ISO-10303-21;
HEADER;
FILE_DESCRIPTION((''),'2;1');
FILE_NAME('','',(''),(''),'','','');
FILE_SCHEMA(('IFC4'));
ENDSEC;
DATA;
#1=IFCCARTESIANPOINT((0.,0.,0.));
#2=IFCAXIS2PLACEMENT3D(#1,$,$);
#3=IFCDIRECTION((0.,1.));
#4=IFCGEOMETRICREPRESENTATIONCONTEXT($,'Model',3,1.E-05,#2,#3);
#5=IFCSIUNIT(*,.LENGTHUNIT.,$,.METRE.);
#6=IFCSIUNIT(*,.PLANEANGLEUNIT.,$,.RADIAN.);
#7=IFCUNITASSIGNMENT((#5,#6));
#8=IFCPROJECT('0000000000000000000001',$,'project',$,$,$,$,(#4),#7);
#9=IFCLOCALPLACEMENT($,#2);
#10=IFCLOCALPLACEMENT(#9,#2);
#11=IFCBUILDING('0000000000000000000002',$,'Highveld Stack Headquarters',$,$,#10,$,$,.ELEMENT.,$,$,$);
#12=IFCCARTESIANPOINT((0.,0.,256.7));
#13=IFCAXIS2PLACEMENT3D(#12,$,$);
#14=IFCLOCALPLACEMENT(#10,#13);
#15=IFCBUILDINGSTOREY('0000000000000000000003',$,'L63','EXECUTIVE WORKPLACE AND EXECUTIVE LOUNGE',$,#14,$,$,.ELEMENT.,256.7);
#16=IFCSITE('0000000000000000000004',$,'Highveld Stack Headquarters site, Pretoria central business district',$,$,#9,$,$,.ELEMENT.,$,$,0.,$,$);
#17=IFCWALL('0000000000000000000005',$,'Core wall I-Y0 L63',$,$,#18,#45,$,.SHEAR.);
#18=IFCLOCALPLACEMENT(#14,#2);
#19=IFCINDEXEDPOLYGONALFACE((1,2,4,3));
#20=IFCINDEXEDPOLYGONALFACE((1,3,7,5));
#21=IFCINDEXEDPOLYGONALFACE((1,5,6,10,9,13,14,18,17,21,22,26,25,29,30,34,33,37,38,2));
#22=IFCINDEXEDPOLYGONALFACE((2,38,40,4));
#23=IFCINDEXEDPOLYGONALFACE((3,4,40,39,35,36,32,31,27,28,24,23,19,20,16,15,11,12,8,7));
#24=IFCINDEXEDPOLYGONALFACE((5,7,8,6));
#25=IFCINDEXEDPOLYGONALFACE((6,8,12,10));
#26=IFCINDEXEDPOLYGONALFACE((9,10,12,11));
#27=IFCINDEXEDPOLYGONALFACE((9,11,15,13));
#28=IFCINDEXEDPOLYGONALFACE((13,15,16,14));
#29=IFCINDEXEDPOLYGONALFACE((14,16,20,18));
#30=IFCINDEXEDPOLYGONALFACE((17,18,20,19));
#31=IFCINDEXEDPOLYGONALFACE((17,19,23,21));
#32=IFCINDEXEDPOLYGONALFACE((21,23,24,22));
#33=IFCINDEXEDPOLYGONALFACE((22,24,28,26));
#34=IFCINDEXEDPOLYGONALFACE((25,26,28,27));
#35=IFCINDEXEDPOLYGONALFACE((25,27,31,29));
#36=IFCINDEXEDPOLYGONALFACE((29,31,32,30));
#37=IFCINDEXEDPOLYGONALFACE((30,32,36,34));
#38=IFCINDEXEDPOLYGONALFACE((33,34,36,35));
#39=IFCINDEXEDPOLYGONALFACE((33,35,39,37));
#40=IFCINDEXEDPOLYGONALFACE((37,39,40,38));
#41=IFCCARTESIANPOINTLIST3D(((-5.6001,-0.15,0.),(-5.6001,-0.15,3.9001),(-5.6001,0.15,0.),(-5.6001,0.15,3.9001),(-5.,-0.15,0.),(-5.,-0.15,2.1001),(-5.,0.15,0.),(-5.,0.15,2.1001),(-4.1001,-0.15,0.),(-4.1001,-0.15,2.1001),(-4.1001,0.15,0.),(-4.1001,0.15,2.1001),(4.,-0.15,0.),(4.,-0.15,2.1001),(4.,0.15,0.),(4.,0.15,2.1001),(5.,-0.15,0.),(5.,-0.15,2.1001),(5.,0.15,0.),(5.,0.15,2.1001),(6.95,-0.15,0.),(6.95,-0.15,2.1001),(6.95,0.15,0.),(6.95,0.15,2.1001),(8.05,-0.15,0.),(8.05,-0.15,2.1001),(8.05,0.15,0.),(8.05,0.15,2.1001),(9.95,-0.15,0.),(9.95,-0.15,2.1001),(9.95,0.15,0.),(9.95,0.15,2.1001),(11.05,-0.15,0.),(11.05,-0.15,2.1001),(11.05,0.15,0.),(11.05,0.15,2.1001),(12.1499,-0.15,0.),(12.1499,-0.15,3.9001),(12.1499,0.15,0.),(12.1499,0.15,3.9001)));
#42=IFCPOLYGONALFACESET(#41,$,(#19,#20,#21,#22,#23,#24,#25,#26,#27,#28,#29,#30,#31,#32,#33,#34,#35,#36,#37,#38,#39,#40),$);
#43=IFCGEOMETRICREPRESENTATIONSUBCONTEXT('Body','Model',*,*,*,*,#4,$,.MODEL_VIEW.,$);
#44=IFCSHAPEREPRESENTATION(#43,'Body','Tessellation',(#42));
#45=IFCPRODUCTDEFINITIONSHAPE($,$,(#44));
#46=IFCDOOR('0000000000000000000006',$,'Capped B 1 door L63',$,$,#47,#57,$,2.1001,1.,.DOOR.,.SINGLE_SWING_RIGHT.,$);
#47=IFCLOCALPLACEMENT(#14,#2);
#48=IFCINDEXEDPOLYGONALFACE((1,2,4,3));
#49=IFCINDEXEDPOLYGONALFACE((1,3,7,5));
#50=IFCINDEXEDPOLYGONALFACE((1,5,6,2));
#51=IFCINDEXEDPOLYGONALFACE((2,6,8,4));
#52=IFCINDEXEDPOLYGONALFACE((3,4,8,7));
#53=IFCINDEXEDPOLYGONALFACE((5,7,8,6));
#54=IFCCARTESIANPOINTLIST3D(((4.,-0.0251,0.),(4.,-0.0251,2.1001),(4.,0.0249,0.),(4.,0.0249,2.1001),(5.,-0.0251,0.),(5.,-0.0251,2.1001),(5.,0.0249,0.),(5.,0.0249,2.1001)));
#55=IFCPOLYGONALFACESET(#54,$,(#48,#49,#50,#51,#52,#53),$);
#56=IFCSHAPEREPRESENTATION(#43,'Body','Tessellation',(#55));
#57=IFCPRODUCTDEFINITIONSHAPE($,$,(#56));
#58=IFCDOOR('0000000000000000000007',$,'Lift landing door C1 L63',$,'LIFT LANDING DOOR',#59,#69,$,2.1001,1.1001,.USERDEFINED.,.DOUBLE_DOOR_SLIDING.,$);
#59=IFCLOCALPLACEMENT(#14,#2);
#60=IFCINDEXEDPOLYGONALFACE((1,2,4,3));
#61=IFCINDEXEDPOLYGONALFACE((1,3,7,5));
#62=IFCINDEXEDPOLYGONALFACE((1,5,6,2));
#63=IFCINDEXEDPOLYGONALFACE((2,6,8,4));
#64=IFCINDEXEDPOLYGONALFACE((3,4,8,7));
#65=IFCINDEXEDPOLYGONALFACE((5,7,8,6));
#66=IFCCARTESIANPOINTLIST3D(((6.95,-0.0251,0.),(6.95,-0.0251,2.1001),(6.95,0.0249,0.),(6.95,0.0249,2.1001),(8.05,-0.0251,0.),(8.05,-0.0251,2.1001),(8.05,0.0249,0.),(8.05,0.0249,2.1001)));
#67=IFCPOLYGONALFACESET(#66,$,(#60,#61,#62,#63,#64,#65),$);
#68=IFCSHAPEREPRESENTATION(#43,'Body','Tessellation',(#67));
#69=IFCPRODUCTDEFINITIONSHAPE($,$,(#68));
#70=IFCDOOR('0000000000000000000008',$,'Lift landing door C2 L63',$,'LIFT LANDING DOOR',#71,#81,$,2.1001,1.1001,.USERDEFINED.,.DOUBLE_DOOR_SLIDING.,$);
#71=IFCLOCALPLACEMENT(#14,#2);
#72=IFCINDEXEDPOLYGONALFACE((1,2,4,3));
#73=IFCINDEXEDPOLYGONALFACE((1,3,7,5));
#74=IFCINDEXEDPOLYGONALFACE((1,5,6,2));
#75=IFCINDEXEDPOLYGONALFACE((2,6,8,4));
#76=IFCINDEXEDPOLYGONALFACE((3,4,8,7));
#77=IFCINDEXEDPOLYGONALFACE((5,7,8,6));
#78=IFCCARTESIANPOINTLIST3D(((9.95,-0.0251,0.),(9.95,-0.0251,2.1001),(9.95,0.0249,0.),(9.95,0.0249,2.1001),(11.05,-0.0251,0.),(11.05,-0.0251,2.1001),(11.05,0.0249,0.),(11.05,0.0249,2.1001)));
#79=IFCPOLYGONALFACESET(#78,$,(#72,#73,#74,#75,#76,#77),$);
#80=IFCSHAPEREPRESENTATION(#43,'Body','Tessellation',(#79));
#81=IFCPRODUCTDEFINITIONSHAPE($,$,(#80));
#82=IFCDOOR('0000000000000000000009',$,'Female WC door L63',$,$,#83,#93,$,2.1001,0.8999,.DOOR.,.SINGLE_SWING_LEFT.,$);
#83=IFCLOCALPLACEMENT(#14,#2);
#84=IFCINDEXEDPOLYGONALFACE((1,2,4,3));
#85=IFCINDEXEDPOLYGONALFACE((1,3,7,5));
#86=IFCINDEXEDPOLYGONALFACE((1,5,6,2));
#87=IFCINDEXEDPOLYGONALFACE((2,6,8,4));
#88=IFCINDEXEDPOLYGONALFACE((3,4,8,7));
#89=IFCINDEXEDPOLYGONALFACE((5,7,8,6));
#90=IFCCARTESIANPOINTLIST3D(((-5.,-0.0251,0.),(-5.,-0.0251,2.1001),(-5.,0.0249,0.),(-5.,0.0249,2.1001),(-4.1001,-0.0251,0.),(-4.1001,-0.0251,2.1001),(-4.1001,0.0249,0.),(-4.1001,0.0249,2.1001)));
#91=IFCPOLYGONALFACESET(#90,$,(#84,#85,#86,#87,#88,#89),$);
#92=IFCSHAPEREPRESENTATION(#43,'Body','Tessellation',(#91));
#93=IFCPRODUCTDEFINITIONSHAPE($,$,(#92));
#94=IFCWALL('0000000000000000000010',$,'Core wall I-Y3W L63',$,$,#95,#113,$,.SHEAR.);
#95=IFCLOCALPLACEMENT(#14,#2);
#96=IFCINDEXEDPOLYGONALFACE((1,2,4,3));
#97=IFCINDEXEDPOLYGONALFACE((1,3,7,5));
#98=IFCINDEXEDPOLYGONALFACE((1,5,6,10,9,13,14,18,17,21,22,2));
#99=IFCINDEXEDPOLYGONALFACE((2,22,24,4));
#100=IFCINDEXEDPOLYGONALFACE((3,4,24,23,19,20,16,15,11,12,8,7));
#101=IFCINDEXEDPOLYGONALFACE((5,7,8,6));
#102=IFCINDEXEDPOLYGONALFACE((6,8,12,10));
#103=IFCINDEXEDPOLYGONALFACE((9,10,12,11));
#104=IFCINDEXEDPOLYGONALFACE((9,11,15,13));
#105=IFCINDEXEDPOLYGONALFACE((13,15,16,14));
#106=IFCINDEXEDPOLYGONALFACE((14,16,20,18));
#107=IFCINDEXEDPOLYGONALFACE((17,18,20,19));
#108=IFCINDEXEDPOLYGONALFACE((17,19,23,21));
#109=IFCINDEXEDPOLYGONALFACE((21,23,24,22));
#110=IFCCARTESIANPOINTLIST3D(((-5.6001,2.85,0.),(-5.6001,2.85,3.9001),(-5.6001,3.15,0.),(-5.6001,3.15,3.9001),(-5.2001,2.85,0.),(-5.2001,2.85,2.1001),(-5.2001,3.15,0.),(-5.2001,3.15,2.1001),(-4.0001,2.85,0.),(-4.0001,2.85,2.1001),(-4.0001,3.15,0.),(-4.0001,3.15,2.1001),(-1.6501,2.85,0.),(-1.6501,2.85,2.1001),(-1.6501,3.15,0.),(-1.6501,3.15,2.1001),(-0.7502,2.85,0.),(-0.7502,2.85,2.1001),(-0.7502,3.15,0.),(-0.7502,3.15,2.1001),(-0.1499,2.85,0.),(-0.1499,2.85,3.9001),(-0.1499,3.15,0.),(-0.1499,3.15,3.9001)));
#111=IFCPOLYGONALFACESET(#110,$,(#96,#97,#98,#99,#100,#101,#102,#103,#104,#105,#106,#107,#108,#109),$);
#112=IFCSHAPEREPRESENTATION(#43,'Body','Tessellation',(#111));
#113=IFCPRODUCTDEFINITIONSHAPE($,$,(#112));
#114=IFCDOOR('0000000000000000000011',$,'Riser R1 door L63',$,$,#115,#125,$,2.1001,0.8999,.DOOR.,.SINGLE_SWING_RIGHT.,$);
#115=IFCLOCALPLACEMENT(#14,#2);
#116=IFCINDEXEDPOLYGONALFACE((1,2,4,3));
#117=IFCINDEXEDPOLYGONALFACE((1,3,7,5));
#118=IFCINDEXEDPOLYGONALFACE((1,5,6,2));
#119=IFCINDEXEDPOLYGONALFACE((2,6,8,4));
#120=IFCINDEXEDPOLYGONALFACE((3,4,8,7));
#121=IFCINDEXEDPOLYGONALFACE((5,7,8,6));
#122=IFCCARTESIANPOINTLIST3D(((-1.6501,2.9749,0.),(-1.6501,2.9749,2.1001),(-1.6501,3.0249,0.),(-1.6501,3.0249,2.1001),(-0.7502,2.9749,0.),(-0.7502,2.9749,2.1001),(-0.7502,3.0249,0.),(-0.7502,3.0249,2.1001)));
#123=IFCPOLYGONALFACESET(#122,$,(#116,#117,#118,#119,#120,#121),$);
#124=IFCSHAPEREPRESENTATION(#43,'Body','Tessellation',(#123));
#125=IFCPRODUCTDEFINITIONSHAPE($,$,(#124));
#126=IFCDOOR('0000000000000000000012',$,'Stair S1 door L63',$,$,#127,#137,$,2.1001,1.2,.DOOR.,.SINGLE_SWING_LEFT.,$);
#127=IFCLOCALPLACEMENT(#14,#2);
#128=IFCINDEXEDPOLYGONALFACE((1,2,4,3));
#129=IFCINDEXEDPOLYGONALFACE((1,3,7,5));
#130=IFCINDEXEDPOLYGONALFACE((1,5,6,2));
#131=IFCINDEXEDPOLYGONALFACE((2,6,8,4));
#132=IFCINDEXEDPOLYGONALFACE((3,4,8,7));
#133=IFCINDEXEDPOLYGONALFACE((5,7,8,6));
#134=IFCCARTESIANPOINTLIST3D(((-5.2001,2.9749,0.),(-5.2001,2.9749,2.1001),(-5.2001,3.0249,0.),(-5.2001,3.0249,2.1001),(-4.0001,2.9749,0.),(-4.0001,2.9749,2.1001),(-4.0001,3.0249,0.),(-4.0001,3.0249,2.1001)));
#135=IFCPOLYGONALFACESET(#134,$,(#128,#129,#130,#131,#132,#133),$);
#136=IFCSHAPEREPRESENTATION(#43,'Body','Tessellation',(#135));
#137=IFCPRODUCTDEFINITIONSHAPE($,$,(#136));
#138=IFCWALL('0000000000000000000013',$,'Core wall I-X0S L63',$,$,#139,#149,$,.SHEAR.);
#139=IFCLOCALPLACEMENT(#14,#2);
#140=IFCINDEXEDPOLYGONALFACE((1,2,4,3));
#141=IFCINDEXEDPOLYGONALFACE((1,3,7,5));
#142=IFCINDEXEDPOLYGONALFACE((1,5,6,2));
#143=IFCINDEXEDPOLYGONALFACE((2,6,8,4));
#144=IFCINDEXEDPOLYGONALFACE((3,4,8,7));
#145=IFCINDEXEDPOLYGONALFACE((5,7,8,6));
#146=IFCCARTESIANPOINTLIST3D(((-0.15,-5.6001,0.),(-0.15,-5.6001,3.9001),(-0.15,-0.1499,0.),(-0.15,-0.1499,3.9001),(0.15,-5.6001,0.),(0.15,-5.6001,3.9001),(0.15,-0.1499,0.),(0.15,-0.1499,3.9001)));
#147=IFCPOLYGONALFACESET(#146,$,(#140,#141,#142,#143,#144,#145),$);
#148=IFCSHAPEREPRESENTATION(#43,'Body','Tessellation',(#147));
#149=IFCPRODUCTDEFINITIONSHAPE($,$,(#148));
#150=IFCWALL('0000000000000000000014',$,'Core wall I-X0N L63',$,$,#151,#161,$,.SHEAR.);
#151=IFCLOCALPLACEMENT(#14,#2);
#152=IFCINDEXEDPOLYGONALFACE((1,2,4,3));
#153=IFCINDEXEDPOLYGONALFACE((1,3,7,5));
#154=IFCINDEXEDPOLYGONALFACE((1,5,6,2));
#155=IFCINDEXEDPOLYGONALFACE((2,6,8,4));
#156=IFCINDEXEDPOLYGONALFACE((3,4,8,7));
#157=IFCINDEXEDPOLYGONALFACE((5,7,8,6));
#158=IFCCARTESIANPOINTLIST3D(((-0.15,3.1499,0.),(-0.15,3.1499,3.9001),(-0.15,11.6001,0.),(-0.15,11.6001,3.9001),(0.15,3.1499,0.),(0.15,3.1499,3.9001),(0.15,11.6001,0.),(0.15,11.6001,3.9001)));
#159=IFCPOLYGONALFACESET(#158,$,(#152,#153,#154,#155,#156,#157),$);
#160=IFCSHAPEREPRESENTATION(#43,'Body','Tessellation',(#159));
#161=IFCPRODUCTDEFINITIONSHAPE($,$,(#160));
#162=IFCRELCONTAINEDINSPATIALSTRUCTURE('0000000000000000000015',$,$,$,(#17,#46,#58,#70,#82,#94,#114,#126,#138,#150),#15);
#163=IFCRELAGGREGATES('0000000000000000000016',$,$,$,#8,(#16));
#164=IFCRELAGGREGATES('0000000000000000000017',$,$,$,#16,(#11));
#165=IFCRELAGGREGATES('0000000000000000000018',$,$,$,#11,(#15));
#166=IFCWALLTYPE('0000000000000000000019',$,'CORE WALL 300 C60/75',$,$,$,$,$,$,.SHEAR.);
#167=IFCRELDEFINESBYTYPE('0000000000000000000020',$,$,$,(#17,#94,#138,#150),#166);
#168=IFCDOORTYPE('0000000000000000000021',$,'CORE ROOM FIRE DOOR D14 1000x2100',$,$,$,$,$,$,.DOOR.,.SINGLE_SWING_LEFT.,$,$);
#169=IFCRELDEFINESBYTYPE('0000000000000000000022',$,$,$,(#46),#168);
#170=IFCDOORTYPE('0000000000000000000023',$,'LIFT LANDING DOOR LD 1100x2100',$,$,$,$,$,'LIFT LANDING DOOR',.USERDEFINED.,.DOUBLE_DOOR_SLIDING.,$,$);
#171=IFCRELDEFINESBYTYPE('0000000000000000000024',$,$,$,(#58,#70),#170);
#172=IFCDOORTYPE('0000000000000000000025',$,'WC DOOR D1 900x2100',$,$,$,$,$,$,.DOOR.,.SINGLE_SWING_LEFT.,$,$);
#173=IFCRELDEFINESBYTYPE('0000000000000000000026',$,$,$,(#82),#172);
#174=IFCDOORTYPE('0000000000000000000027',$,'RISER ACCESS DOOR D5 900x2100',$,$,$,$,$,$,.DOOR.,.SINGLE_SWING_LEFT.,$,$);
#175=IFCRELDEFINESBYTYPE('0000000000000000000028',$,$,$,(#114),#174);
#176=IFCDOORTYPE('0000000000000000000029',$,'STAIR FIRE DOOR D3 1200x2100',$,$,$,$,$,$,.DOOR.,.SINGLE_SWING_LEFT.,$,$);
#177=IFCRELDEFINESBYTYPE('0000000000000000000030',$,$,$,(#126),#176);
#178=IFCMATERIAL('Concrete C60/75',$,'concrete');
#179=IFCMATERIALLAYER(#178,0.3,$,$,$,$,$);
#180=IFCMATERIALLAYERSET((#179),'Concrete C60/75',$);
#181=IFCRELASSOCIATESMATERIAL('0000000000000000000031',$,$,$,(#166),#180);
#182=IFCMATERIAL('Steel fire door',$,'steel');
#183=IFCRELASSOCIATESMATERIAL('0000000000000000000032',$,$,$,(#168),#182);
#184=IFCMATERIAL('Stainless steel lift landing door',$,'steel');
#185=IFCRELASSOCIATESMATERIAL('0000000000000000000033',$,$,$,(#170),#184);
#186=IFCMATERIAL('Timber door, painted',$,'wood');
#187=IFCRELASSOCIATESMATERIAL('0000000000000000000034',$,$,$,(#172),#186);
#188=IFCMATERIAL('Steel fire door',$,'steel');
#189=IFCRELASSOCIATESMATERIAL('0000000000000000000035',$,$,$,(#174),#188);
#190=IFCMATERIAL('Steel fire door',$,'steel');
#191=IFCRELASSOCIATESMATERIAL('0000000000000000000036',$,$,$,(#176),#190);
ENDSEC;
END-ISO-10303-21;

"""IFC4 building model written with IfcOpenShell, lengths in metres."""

from ifc_helpers import new_model, si_unit, direction, frame, frame_2d, origin, place, context, subcontext, project, spatial, rectangle, extrude, material, layer, layer_set, type_object, element, fill, save


model = new_model("IFC4")

# Units and contexts
model_context = context("Model", 3, precision=1e-05, world=origin(), true_north=direction((0.0, 1.0)))
body_context = subcontext(model_context, "Body", "Model", "MODEL_VIEW")
ifc_project = project(units=[si_unit("LENGTHUNIT", "METRE"), si_unit("PLANEANGLEUNIT", "RADIAN")], contexts=[model_context])

# Site, building, storey
site_placement = place(None, origin())
site = spatial("IfcSite", under=ifc_project, at=site_placement, Name="Highveld Stack Headquarters site, Pretoria central business district", CompositionType="ELEMENT", RefElevation=0.0)
building_placement = place(site_placement, origin())
building = spatial("IfcBuilding", under=site, at=building_placement, Name="Highveld Stack Headquarters", CompositionType="ELEMENT")
storey_placement = place(building_placement, frame((0.0, 0.0, 256.7)))
storey = spatial("IfcBuildingStorey", under=building, at=storey_placement, Name="L63", Description="EXECUTIVE WORKPLACE AND EXECUTIVE LOUNGE", CompositionType="ELEMENT", Elevation=256.7)

# Walls, openings, doors
ifc_material_1 = material(Name="Concrete C60/75", Category="concrete")
ifc_layer_1 = layer(ifc_material_1, 0.3)
ifc_layer_set_1 = layer_set([ifc_layer_1], Name="Concrete C60/75")
wall_type_1 = type_object("IfcWallType", Name="CORE WALL 300 C60/75", PredefinedType="SHEAR", material=ifc_layer_set_1)
wall_1_placement = place(storey_placement, frame((-5.6001, 0.0, 0.0), z_axis=(0.0, 0.0, 1.0), x_axis=(1.0, 0.0, 0.0)))
wall_1 = element("IfcWall", 1, at=wall_1_placement, inside=storey, type_object=wall_type_1, Name="Core wall I-Y0 L63", PredefinedType="SHEAR", context=body_context, shape_type="SweptSolid", body=[
    extrude(rectangle(XDim=17.75, YDim=0.3, at=frame_2d((8.875, 0.0))), origin(), (0.0, 0.0, 1.0), 3.9001),
])
opening_1_placement = place(wall_1_placement, frame((0.6001, 0.0, 0.0)))
opening_1 = element("IfcOpeningElement", 2, at=opening_1_placement, cuts=wall_1, PredefinedType="OPENING", context=body_context, shape_type="SweptSolid", body=[
    extrude(rectangle(XDim=0.8999, YDim=2.1001, at=frame_2d((0.45, 1.05))), frame((0.0, 0.1599, 0.0), z_axis=(0.0, -1.0, 0.0), x_axis=(1.0, 0.0, 0.0)), (0.0, 0.0, 1.0), 0.3201),
])
opening_2_placement = place(wall_1_placement, frame((9.6001, 0.0, 0.0)))
opening_2 = element("IfcOpeningElement", 3, at=opening_2_placement, cuts=wall_1, PredefinedType="OPENING", context=body_context, shape_type="SweptSolid", body=[
    extrude(rectangle(XDim=1.0, YDim=2.1001, at=frame_2d((0.5, 1.05))), frame((0.0, 0.1599, 0.0), z_axis=(0.0, -1.0, 0.0), x_axis=(1.0, 0.0, 0.0)), (0.0, 0.0, 1.0), 0.3201),
])
opening_3_placement = place(wall_1_placement, frame((12.55, 0.0, 0.0)))
opening_3 = element("IfcOpeningElement", 4, at=opening_3_placement, cuts=wall_1, PredefinedType="OPENING", context=body_context, shape_type="SweptSolid", body=[
    extrude(rectangle(XDim=1.1001, YDim=2.1001, at=frame_2d((0.55, 1.05))), frame((0.0, 0.1599, 0.0), z_axis=(0.0, -1.0, 0.0), x_axis=(1.0, 0.0, 0.0)), (0.0, 0.0, 1.0), 0.3201),
])
opening_4_placement = place(wall_1_placement, frame((15.55, 0.0, 0.0)))
opening_4 = element("IfcOpeningElement", 5, at=opening_4_placement, cuts=wall_1, PredefinedType="OPENING", context=body_context, shape_type="SweptSolid", body=[
    extrude(rectangle(XDim=1.1001, YDim=2.1001, at=frame_2d((0.55, 1.05))), frame((0.0, 0.1599, 0.0), z_axis=(0.0, -1.0, 0.0), x_axis=(1.0, 0.0, 0.0)), (0.0, 0.0, 1.0), 0.3201),
])
ifc_material_2 = material(Name="Steel fire door", Category="steel")
door_type_1 = type_object("IfcDoorType", Name="CORE ROOM FIRE DOOR D14 1000x2100", OperationType="SINGLE_SWING_LEFT", PredefinedType="DOOR", material=ifc_material_2)
door_1_placement = place(opening_2_placement, origin())
door_1 = element("IfcDoor", 6, at=door_1_placement, inside=storey, type_object=door_type_1, Name="Capped B 1 door L63", OperationType="SINGLE_SWING_RIGHT", OverallHeight=2.1001, OverallWidth=1.0, PredefinedType="DOOR", context=body_context, shape_type="SweptSolid", body=[
    extrude(rectangle(XDim=1.0, YDim=2.1001, at=frame_2d((0.5, 1.05))), frame((0.0, 0.0249, 0.0), z_axis=(0.0, -1.0, 0.0), x_axis=(1.0, 0.0, 0.0)), (0.0, 0.0, 1.0), 0.05),
])
fill(opening_2, door_1)
ifc_material_3 = material(Name="Stainless steel lift landing door", Category="steel")
door_type_2 = type_object("IfcDoorType", Name="LIFT LANDING DOOR LD 1100x2100", ElementType="LIFT LANDING DOOR", OperationType="DOUBLE_DOOR_SLIDING", PredefinedType="USERDEFINED", material=ifc_material_3)
door_2_placement = place(opening_3_placement, origin())
door_2 = element("IfcDoor", 7, at=door_2_placement, inside=storey, type_object=door_type_2, Name="Lift landing door C1 L63", ObjectType="LIFT LANDING DOOR", OperationType="DOUBLE_DOOR_SLIDING", OverallHeight=2.1001, OverallWidth=1.1001, PredefinedType="USERDEFINED", context=body_context, shape_type="SweptSolid", body=[
    extrude(rectangle(XDim=1.1001, YDim=2.1001, at=frame_2d((0.55, 1.05))), frame((0.0, 0.0249, 0.0), z_axis=(0.0, -1.0, 0.0), x_axis=(1.0, 0.0, 0.0)), (0.0, 0.0, 1.0), 0.05),
])
fill(opening_3, door_2)
door_3_placement = place(opening_4_placement, origin())
door_3 = element("IfcDoor", 8, at=door_3_placement, inside=storey, type_object=door_type_2, Name="Lift landing door C2 L63", ObjectType="LIFT LANDING DOOR", OperationType="DOUBLE_DOOR_SLIDING", OverallHeight=2.1001, OverallWidth=1.1001, PredefinedType="USERDEFINED", context=body_context, shape_type="SweptSolid", body=[
    extrude(rectangle(XDim=1.1001, YDim=2.1001, at=frame_2d((0.55, 1.05))), frame((0.0, 0.0249, 0.0), z_axis=(0.0, -1.0, 0.0), x_axis=(1.0, 0.0, 0.0)), (0.0, 0.0, 1.0), 0.05),
])
fill(opening_4, door_3)
ifc_material_4 = material(Name="Timber door, painted", Category="wood")
door_type_3 = type_object("IfcDoorType", Name="WC DOOR D1 900x2100", OperationType="SINGLE_SWING_LEFT", PredefinedType="DOOR", material=ifc_material_4)
door_4_placement = place(opening_1_placement, origin())
door_4 = element("IfcDoor", 9, at=door_4_placement, inside=storey, type_object=door_type_3, Name="Female WC door L63", OperationType="SINGLE_SWING_LEFT", OverallHeight=2.1001, OverallWidth=0.8999, PredefinedType="DOOR", context=body_context, shape_type="SweptSolid", body=[
    extrude(rectangle(XDim=0.8999, YDim=2.1001, at=frame_2d((0.45, 1.05))), frame((0.0, 0.0249, 0.0), z_axis=(0.0, -1.0, 0.0), x_axis=(1.0, 0.0, 0.0)), (0.0, 0.0, 1.0), 0.05),
])
fill(opening_1, door_4)
wall_2_placement = place(storey_placement, frame((-5.6001, 3.0, 0.0), z_axis=(0.0, 0.0, 1.0), x_axis=(1.0, 0.0, 0.0)))
wall_2 = element("IfcWall", 10, at=wall_2_placement, inside=storey, type_object=wall_type_1, Name="Core wall I-Y3W L63", PredefinedType="SHEAR", context=body_context, shape_type="SweptSolid", body=[
    extrude(rectangle(XDim=5.4502, YDim=0.3, at=frame_2d((2.7251, 0.0))), origin(), (0.0, 0.0, 1.0), 3.9001),
])
opening_5_placement = place(wall_2_placement, frame((0.3999, 0.0, 0.0)))
opening_5 = element("IfcOpeningElement", 11, at=opening_5_placement, cuts=wall_2, PredefinedType="OPENING", context=body_context, shape_type="SweptSolid", body=[
    extrude(rectangle(XDim=1.2, YDim=2.1001, at=frame_2d((0.6001, 1.05))), frame((0.0, 0.1599, 0.0), z_axis=(0.0, -1.0, 0.0), x_axis=(1.0, 0.0, 0.0)), (0.0, 0.0, 1.0), 0.3201),
])
opening_6_placement = place(wall_2_placement, frame((3.95, 0.0, 0.0)))
opening_6 = element("IfcOpeningElement", 12, at=opening_6_placement, cuts=wall_2, PredefinedType="OPENING", context=body_context, shape_type="SweptSolid", body=[
    extrude(rectangle(XDim=0.8999, YDim=2.1001, at=frame_2d((0.45, 1.05))), frame((0.0, 0.1599, 0.0), z_axis=(0.0, -1.0, 0.0), x_axis=(1.0, 0.0, 0.0)), (0.0, 0.0, 1.0), 0.3201),
])
ifc_material_5 = material(Name="Steel fire door", Category="steel")
door_type_4 = type_object("IfcDoorType", Name="RISER ACCESS DOOR D5 900x2100", OperationType="SINGLE_SWING_LEFT", PredefinedType="DOOR", material=ifc_material_5)
door_5_placement = place(opening_6_placement, origin())
door_5 = element("IfcDoor", 13, at=door_5_placement, inside=storey, type_object=door_type_4, Name="Riser R1 door L63", OperationType="SINGLE_SWING_RIGHT", OverallHeight=2.1001, OverallWidth=0.8999, PredefinedType="DOOR", context=body_context, shape_type="SweptSolid", body=[
    extrude(rectangle(XDim=0.8999, YDim=2.1001, at=frame_2d((0.45, 1.05))), frame((0.0, 0.0249, 0.0), z_axis=(0.0, -1.0, 0.0), x_axis=(1.0, 0.0, 0.0)), (0.0, 0.0, 1.0), 0.05),
])
fill(opening_6, door_5)
ifc_material_6 = material(Name="Steel fire door", Category="steel")
door_type_5 = type_object("IfcDoorType", Name="STAIR FIRE DOOR D3 1200x2100", OperationType="SINGLE_SWING_LEFT", PredefinedType="DOOR", material=ifc_material_6)
door_6_placement = place(opening_5_placement, origin())
door_6 = element("IfcDoor", 14, at=door_6_placement, inside=storey, type_object=door_type_5, Name="Stair S1 door L63", OperationType="SINGLE_SWING_LEFT", OverallHeight=2.1001, OverallWidth=1.2, PredefinedType="DOOR", context=body_context, shape_type="SweptSolid", body=[
    extrude(rectangle(XDim=1.2, YDim=2.1001, at=frame_2d((0.6001, 1.05))), frame((0.0, 0.0249, 0.0), z_axis=(0.0, -1.0, 0.0), x_axis=(1.0, 0.0, 0.0)), (0.0, 0.0, 1.0), 0.05),
])
fill(opening_5, door_6)

# Walls
wall_3_placement = place(storey_placement, frame((0.0, -5.6001, 0.0), z_axis=(0.0, 0.0, 1.0), x_axis=(0.0, 1.0, 0.0)))
element("IfcWall", 15, at=wall_3_placement, inside=storey, type_object=wall_type_1, Name="Core wall I-X0S L63", PredefinedType="SHEAR", context=body_context, shape_type="SweptSolid", body=[
    extrude(rectangle(XDim=5.4502, YDim=0.3, at=frame_2d((2.7251, 0.0))), origin(), (0.0, 0.0, 1.0), 3.9001),
])
for number, where, z_axis, x_axis, name in (
    (16, (0.0, 3.1499, 0.0), (0.0, 0.0, 1.0), (0.0, 1.0, 0.0), "Core wall I-X0N L63"),
):
    element("IfcWall", number, at=place(storey_placement, frame(where, z_axis=z_axis, x_axis=x_axis)), inside=storey, type_object=wall_type_1, Name=name, PredefinedType="SHEAR", context=body_context, shape_type="SweptSolid", body=[
        extrude(rectangle(XDim=8.4502, YDim=0.3, at=frame_2d((4.2251, 0.0))), origin(), (0.0, 0.0, 1.0), 3.9001),
    ])

save(model, "model.ifc")
